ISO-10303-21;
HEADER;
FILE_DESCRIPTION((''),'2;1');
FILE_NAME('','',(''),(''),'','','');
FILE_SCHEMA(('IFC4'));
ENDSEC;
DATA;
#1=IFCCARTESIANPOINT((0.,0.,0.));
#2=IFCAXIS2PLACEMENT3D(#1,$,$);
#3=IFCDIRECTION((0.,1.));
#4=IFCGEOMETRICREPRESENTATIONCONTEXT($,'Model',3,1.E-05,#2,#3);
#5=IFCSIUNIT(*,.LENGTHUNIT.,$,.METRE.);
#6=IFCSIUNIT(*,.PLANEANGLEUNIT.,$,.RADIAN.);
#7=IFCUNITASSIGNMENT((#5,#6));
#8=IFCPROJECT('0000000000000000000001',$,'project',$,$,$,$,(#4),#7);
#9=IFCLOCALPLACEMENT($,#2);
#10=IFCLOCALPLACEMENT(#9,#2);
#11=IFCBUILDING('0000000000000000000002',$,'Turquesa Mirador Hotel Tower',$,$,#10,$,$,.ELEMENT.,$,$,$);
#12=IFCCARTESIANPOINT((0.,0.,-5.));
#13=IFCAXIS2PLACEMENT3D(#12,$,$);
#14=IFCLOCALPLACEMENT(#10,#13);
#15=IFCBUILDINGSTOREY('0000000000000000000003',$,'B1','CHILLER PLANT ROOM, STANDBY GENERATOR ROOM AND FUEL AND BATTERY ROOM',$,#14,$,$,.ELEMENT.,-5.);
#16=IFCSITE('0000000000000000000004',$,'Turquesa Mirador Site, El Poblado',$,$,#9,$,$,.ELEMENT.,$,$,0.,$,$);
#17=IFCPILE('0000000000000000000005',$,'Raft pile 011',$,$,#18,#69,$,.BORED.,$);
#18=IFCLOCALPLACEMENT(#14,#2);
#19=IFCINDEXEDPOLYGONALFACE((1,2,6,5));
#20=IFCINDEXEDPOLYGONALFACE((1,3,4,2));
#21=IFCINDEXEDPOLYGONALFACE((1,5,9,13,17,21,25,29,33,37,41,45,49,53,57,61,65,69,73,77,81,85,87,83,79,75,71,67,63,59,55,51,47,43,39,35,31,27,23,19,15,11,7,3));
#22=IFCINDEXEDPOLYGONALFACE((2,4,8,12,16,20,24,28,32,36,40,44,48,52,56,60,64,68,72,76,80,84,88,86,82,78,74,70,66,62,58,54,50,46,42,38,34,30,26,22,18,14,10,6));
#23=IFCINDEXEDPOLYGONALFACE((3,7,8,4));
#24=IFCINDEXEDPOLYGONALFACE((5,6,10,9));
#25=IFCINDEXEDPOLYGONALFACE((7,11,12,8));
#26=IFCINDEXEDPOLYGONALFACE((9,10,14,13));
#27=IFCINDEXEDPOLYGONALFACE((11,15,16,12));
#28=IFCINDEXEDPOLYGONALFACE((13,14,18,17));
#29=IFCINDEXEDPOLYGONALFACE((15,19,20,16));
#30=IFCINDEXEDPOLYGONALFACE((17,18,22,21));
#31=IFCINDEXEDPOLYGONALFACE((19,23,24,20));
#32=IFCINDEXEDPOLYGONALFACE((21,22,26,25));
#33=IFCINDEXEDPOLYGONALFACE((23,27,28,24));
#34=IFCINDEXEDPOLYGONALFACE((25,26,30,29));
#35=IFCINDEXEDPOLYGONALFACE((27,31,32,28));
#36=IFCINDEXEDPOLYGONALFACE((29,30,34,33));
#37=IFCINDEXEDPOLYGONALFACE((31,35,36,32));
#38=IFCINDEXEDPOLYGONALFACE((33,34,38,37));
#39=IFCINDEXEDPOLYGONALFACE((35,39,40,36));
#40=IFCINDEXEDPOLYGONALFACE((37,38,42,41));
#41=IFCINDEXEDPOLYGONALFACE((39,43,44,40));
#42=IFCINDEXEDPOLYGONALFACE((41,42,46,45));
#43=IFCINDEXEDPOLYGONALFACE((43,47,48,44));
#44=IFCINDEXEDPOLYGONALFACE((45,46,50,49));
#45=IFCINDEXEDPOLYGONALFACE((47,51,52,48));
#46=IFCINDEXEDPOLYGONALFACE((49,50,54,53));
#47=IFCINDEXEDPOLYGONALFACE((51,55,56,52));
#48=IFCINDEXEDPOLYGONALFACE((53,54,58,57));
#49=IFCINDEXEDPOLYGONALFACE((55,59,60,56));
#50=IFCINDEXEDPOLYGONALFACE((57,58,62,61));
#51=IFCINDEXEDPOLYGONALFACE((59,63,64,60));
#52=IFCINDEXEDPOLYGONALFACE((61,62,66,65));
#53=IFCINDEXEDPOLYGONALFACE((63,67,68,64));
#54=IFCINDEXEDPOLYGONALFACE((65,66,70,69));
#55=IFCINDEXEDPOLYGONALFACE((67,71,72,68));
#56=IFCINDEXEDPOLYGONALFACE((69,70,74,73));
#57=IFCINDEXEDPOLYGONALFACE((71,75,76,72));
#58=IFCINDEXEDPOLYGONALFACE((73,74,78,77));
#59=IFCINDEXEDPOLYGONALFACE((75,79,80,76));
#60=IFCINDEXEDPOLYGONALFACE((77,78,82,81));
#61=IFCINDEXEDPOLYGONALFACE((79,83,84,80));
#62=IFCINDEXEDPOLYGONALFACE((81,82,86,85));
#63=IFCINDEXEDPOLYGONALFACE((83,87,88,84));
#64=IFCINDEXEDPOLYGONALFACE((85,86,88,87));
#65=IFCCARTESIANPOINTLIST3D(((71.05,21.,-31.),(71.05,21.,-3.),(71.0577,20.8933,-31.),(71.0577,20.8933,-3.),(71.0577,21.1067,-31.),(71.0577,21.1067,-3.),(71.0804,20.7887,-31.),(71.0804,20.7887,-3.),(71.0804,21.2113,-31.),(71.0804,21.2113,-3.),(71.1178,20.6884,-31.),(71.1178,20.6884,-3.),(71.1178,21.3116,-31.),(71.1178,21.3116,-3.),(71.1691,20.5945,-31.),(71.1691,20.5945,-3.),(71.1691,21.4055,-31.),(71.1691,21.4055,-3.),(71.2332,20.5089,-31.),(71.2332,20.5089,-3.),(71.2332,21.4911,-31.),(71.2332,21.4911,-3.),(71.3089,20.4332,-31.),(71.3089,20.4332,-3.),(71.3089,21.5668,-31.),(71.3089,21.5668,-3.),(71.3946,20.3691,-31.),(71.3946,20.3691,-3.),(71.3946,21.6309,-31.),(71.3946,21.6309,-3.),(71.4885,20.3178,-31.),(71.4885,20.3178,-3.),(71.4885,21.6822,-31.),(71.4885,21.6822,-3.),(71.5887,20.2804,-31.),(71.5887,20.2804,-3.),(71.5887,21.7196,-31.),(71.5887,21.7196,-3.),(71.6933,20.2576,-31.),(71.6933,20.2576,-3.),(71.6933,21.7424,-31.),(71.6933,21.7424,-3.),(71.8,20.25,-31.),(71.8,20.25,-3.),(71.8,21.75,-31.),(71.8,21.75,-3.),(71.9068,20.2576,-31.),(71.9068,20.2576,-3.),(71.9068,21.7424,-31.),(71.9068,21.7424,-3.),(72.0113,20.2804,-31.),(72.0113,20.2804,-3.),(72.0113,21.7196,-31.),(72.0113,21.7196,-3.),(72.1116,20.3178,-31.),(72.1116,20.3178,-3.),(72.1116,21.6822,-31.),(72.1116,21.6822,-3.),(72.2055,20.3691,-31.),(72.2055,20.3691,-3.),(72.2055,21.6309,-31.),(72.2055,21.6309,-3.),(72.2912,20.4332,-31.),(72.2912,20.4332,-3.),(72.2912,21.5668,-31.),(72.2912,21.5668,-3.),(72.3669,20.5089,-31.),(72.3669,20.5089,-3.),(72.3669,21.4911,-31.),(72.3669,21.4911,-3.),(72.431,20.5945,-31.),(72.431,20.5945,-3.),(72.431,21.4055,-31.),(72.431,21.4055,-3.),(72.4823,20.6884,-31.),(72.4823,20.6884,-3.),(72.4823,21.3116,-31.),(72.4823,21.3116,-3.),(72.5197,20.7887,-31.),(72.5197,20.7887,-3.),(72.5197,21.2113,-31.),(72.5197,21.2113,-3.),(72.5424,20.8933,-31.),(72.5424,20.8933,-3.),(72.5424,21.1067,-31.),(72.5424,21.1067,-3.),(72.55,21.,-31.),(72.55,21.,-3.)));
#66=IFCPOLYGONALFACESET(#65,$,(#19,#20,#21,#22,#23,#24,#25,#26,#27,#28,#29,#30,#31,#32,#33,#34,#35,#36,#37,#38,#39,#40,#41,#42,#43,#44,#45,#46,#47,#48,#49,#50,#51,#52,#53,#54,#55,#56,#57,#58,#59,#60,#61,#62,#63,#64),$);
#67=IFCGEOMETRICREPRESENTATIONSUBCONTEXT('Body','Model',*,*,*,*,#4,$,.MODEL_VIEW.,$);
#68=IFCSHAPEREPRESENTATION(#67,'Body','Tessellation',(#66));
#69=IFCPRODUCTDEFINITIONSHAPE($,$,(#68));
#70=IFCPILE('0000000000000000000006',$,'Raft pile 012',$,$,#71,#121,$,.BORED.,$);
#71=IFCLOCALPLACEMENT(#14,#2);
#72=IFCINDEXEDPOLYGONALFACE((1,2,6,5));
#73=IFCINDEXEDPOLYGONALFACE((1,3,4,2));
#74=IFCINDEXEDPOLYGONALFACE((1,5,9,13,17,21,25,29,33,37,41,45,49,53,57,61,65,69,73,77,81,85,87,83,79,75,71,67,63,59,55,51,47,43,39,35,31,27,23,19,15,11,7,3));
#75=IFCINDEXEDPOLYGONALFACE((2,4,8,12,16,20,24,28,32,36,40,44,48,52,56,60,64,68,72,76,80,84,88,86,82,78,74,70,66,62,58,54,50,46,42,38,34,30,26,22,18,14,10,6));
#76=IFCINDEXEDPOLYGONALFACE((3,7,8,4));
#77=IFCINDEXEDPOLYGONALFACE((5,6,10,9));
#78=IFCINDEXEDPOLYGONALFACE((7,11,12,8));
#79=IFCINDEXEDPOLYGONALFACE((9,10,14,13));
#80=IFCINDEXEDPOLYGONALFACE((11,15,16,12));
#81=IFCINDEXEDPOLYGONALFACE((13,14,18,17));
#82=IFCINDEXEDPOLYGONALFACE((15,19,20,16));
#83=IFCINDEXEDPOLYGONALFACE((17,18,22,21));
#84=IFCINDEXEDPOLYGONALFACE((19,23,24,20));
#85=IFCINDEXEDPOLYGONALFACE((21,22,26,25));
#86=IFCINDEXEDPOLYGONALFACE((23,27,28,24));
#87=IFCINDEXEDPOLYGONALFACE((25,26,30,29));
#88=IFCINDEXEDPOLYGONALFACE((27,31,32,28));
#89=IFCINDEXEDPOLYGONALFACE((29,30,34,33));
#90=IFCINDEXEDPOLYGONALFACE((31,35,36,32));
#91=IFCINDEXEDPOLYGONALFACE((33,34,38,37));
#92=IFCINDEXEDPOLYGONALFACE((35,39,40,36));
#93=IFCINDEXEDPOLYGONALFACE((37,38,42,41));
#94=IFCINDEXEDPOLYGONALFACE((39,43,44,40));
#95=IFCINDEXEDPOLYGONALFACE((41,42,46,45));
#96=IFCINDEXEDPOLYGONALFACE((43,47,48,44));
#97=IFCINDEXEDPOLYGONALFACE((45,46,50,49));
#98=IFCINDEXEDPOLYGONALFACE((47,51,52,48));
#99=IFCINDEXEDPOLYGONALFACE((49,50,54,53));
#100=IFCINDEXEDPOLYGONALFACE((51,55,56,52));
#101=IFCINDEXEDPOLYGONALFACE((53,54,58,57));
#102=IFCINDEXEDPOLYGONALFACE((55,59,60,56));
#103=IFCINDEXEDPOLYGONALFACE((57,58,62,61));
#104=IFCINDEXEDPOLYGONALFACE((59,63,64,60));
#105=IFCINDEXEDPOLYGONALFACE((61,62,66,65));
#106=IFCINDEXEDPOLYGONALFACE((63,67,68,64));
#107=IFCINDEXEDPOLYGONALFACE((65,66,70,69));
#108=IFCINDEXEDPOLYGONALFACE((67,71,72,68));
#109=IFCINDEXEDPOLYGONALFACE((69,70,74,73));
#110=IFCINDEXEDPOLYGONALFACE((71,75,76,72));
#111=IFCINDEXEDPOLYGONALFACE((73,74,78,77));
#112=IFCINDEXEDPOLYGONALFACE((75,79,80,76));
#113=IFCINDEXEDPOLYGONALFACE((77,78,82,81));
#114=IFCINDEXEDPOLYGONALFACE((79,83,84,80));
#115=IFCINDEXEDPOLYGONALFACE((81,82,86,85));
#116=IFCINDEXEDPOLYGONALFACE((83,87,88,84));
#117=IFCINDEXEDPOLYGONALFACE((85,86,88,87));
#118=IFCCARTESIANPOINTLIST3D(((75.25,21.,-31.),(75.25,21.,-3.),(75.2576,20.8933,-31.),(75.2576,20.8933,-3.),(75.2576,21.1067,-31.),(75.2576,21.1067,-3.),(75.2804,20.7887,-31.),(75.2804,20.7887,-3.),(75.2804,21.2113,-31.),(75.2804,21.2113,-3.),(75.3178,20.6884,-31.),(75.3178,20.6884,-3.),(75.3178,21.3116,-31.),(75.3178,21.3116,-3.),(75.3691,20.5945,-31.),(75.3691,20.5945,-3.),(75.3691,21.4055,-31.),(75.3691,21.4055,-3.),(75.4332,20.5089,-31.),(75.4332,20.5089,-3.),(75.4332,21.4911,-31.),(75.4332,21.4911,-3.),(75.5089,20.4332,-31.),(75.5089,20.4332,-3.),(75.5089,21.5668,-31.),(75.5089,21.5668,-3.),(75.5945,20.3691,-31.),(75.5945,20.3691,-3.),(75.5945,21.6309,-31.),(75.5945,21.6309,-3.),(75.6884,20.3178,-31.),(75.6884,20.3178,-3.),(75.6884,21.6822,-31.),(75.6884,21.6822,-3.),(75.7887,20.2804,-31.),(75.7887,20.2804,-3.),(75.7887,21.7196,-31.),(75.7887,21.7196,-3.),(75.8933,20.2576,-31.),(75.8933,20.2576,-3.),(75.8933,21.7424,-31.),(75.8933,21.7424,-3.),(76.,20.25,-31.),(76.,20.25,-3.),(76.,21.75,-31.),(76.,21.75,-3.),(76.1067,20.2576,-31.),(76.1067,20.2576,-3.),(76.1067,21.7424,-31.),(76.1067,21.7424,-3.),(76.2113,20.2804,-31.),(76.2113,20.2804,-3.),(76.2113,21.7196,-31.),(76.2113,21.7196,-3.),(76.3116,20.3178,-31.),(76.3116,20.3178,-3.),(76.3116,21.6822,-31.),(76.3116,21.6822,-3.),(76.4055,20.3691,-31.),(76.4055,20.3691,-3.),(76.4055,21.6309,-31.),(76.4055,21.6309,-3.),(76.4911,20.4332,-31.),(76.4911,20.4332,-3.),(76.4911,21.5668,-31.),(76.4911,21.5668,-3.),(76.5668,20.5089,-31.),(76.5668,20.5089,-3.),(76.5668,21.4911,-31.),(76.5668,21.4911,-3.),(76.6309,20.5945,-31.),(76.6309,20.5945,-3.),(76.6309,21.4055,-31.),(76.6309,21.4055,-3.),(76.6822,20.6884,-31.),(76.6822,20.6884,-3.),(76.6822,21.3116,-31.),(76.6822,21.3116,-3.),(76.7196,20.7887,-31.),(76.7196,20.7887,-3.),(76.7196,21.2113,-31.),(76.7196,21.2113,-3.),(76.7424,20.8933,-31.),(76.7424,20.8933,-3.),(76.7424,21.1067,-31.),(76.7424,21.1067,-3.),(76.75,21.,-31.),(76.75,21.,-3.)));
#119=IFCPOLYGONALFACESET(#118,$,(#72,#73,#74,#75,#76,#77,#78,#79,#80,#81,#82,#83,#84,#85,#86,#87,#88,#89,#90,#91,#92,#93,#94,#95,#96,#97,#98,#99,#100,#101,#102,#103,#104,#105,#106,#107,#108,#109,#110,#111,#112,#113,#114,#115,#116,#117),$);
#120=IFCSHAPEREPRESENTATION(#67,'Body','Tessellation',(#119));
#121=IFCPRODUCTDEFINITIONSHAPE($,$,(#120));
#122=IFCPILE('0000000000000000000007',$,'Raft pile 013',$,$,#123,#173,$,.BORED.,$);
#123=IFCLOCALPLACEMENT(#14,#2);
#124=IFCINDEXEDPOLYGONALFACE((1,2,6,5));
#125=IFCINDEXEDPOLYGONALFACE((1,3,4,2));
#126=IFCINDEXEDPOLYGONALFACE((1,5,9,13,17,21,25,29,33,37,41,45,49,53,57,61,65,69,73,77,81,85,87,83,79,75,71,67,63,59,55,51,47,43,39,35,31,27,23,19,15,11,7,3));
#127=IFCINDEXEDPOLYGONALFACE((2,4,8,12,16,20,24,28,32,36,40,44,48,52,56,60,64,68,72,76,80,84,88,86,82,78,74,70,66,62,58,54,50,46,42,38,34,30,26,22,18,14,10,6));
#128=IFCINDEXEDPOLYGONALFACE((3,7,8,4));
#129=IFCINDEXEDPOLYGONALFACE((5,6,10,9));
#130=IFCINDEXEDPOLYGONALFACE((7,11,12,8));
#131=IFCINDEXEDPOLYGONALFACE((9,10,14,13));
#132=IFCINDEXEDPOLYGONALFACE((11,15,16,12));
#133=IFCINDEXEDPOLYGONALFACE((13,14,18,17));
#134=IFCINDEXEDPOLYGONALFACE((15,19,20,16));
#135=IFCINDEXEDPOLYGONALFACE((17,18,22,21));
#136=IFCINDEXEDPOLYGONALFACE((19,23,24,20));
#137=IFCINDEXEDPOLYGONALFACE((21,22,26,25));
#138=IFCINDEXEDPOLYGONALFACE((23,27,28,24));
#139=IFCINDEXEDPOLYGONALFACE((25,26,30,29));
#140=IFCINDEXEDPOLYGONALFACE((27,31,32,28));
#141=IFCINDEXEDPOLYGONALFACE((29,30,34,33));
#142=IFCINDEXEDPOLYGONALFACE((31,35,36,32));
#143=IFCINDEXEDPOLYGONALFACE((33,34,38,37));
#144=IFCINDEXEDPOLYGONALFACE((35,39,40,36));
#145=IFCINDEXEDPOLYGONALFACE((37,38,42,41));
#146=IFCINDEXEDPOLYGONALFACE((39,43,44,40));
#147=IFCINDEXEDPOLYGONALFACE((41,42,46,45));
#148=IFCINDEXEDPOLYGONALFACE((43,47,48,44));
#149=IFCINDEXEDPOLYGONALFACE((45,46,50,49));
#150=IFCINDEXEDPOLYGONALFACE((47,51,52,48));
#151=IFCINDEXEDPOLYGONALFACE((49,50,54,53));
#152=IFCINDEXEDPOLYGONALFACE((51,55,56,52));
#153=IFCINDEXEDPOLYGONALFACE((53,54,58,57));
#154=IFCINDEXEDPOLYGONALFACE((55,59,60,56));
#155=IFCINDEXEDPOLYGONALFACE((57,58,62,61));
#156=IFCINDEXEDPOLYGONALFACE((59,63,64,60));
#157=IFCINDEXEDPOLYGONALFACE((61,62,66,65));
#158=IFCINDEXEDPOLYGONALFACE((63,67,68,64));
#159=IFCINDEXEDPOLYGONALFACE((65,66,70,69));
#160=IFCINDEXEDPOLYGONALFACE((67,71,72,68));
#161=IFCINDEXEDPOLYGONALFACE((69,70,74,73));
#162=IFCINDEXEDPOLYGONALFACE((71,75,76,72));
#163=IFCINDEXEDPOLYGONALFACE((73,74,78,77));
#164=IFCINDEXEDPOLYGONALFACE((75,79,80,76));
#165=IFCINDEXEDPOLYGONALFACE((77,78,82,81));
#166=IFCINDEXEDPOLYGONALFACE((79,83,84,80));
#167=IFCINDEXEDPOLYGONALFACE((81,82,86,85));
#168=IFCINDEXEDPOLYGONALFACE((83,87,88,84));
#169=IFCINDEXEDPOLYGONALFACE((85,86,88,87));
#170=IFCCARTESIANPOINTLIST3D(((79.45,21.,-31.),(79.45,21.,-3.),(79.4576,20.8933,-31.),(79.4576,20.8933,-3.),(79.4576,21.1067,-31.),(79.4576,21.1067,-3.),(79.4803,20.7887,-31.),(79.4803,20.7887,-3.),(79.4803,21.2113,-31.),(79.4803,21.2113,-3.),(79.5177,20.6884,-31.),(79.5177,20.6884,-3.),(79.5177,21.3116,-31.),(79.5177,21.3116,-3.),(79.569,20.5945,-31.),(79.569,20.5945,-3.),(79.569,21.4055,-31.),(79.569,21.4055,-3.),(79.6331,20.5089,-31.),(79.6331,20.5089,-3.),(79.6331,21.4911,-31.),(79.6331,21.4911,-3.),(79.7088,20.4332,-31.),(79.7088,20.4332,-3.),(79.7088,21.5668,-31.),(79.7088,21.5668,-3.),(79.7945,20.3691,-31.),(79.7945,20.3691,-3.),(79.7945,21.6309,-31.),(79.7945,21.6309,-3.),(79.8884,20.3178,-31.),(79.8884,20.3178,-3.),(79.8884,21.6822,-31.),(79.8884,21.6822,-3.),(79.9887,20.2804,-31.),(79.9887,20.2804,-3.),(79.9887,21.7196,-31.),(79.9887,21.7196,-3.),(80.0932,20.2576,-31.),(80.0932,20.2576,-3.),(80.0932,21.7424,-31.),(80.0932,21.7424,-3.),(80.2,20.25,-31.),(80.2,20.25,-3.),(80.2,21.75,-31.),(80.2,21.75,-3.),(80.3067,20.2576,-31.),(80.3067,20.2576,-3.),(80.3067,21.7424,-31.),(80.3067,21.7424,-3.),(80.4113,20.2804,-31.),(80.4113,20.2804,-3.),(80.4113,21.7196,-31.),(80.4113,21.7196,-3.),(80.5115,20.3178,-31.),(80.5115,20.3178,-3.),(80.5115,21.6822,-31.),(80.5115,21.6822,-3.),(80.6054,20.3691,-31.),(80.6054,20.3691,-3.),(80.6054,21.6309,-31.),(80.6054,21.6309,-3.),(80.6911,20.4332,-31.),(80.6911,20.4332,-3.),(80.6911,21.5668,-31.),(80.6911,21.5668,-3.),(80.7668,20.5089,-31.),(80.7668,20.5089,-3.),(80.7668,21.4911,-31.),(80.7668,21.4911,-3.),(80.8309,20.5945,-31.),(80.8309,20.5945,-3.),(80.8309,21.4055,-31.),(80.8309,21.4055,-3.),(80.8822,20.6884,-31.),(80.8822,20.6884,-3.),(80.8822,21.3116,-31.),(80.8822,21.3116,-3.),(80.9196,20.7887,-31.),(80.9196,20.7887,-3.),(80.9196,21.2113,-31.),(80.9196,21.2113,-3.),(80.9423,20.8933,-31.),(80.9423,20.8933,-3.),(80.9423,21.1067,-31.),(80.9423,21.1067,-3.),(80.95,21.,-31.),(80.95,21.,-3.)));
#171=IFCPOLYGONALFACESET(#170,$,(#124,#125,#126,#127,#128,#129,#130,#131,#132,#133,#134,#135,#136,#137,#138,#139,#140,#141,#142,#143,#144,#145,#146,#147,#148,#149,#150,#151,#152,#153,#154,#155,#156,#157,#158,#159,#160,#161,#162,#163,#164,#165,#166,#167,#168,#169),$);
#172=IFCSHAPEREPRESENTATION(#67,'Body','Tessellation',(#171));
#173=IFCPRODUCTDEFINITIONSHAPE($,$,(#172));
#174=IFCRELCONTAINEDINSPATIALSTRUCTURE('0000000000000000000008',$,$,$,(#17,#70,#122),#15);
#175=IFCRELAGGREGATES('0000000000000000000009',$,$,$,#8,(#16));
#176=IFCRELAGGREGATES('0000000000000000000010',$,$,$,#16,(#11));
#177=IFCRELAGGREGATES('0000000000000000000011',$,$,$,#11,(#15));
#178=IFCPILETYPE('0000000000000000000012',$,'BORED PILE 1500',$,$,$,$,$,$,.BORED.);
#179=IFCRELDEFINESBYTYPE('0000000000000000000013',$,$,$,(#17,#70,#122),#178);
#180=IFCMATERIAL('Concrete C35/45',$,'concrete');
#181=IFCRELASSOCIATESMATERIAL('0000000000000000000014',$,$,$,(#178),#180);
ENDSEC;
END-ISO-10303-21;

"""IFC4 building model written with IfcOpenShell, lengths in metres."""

from ifc_helpers import new_model, si_unit, direction, frame, origin, origin_2d, place, context, subcontext, project, spatial, circle, extrude, material, type_object, element, save


model = new_model("IFC4")

# Units and contexts
model_context = context("Model", 3, precision=1e-05, world=origin(), true_north=direction((0.0, 1.0)))
body_context = subcontext(model_context, "Body", "Model", "MODEL_VIEW")
ifc_project = project(units=[si_unit("LENGTHUNIT", "METRE"), si_unit("PLANEANGLEUNIT", "RADIAN")], contexts=[model_context])

# Site, building, storey
site_placement = place(None, origin())
site = spatial("IfcSite", under=ifc_project, at=site_placement, Name="Turquesa Mirador Site, El Poblado", CompositionType="ELEMENT", RefElevation=0.0)
building_placement = place(site_placement, origin())
building = spatial("IfcBuilding", under=site, at=building_placement, Name="Turquesa Mirador Hotel Tower", CompositionType="ELEMENT")
storey_placement = place(building_placement, frame((0.0, 0.0, -5.0)))
storey = spatial("IfcBuildingStorey", under=building, at=storey_placement, Name="B1", Description="CHILLER PLANT ROOM, STANDBY GENERATOR ROOM AND FUEL AND BATTERY ROOM", CompositionType="ELEMENT", Elevation=-5.0)

# Piles
ifc_material_1 = material(Name="Concrete C35/45", Category="concrete")
pile_type_1 = type_object("IfcPileType", Name="BORED PILE 1500", PredefinedType="BORED", material=ifc_material_1)
for number, where, z_axis, x_axis, name in (
    (1, (71.8, 21.0, -3.0), (0.0, 0.0, -1.0), (1.0, 0.0, 0.0), "Raft pile 011"),
    (2, (76.0, 21.0, -3.0), (0.0, 0.0, -1.0), (1.0, 0.0, 0.0), "Raft pile 012"),
    (3, (80.2, 21.0, -3.0), (0.0, 0.0, -1.0), (1.0, 0.0, 0.0), "Raft pile 013"),
):
    element("IfcPile", number, at=place(storey_placement, frame(where, z_axis=z_axis, x_axis=x_axis)), inside=storey, type_object=pile_type_1, Name=name, PredefinedType="BORED", context=body_context, shape_type="SweptSolid", body=[
        extrude(circle(Radius=0.75, at=origin_2d()), origin(), (0.0, 0.0, 1.0), 28.0),
    ])

save(model, "model.ifc")
